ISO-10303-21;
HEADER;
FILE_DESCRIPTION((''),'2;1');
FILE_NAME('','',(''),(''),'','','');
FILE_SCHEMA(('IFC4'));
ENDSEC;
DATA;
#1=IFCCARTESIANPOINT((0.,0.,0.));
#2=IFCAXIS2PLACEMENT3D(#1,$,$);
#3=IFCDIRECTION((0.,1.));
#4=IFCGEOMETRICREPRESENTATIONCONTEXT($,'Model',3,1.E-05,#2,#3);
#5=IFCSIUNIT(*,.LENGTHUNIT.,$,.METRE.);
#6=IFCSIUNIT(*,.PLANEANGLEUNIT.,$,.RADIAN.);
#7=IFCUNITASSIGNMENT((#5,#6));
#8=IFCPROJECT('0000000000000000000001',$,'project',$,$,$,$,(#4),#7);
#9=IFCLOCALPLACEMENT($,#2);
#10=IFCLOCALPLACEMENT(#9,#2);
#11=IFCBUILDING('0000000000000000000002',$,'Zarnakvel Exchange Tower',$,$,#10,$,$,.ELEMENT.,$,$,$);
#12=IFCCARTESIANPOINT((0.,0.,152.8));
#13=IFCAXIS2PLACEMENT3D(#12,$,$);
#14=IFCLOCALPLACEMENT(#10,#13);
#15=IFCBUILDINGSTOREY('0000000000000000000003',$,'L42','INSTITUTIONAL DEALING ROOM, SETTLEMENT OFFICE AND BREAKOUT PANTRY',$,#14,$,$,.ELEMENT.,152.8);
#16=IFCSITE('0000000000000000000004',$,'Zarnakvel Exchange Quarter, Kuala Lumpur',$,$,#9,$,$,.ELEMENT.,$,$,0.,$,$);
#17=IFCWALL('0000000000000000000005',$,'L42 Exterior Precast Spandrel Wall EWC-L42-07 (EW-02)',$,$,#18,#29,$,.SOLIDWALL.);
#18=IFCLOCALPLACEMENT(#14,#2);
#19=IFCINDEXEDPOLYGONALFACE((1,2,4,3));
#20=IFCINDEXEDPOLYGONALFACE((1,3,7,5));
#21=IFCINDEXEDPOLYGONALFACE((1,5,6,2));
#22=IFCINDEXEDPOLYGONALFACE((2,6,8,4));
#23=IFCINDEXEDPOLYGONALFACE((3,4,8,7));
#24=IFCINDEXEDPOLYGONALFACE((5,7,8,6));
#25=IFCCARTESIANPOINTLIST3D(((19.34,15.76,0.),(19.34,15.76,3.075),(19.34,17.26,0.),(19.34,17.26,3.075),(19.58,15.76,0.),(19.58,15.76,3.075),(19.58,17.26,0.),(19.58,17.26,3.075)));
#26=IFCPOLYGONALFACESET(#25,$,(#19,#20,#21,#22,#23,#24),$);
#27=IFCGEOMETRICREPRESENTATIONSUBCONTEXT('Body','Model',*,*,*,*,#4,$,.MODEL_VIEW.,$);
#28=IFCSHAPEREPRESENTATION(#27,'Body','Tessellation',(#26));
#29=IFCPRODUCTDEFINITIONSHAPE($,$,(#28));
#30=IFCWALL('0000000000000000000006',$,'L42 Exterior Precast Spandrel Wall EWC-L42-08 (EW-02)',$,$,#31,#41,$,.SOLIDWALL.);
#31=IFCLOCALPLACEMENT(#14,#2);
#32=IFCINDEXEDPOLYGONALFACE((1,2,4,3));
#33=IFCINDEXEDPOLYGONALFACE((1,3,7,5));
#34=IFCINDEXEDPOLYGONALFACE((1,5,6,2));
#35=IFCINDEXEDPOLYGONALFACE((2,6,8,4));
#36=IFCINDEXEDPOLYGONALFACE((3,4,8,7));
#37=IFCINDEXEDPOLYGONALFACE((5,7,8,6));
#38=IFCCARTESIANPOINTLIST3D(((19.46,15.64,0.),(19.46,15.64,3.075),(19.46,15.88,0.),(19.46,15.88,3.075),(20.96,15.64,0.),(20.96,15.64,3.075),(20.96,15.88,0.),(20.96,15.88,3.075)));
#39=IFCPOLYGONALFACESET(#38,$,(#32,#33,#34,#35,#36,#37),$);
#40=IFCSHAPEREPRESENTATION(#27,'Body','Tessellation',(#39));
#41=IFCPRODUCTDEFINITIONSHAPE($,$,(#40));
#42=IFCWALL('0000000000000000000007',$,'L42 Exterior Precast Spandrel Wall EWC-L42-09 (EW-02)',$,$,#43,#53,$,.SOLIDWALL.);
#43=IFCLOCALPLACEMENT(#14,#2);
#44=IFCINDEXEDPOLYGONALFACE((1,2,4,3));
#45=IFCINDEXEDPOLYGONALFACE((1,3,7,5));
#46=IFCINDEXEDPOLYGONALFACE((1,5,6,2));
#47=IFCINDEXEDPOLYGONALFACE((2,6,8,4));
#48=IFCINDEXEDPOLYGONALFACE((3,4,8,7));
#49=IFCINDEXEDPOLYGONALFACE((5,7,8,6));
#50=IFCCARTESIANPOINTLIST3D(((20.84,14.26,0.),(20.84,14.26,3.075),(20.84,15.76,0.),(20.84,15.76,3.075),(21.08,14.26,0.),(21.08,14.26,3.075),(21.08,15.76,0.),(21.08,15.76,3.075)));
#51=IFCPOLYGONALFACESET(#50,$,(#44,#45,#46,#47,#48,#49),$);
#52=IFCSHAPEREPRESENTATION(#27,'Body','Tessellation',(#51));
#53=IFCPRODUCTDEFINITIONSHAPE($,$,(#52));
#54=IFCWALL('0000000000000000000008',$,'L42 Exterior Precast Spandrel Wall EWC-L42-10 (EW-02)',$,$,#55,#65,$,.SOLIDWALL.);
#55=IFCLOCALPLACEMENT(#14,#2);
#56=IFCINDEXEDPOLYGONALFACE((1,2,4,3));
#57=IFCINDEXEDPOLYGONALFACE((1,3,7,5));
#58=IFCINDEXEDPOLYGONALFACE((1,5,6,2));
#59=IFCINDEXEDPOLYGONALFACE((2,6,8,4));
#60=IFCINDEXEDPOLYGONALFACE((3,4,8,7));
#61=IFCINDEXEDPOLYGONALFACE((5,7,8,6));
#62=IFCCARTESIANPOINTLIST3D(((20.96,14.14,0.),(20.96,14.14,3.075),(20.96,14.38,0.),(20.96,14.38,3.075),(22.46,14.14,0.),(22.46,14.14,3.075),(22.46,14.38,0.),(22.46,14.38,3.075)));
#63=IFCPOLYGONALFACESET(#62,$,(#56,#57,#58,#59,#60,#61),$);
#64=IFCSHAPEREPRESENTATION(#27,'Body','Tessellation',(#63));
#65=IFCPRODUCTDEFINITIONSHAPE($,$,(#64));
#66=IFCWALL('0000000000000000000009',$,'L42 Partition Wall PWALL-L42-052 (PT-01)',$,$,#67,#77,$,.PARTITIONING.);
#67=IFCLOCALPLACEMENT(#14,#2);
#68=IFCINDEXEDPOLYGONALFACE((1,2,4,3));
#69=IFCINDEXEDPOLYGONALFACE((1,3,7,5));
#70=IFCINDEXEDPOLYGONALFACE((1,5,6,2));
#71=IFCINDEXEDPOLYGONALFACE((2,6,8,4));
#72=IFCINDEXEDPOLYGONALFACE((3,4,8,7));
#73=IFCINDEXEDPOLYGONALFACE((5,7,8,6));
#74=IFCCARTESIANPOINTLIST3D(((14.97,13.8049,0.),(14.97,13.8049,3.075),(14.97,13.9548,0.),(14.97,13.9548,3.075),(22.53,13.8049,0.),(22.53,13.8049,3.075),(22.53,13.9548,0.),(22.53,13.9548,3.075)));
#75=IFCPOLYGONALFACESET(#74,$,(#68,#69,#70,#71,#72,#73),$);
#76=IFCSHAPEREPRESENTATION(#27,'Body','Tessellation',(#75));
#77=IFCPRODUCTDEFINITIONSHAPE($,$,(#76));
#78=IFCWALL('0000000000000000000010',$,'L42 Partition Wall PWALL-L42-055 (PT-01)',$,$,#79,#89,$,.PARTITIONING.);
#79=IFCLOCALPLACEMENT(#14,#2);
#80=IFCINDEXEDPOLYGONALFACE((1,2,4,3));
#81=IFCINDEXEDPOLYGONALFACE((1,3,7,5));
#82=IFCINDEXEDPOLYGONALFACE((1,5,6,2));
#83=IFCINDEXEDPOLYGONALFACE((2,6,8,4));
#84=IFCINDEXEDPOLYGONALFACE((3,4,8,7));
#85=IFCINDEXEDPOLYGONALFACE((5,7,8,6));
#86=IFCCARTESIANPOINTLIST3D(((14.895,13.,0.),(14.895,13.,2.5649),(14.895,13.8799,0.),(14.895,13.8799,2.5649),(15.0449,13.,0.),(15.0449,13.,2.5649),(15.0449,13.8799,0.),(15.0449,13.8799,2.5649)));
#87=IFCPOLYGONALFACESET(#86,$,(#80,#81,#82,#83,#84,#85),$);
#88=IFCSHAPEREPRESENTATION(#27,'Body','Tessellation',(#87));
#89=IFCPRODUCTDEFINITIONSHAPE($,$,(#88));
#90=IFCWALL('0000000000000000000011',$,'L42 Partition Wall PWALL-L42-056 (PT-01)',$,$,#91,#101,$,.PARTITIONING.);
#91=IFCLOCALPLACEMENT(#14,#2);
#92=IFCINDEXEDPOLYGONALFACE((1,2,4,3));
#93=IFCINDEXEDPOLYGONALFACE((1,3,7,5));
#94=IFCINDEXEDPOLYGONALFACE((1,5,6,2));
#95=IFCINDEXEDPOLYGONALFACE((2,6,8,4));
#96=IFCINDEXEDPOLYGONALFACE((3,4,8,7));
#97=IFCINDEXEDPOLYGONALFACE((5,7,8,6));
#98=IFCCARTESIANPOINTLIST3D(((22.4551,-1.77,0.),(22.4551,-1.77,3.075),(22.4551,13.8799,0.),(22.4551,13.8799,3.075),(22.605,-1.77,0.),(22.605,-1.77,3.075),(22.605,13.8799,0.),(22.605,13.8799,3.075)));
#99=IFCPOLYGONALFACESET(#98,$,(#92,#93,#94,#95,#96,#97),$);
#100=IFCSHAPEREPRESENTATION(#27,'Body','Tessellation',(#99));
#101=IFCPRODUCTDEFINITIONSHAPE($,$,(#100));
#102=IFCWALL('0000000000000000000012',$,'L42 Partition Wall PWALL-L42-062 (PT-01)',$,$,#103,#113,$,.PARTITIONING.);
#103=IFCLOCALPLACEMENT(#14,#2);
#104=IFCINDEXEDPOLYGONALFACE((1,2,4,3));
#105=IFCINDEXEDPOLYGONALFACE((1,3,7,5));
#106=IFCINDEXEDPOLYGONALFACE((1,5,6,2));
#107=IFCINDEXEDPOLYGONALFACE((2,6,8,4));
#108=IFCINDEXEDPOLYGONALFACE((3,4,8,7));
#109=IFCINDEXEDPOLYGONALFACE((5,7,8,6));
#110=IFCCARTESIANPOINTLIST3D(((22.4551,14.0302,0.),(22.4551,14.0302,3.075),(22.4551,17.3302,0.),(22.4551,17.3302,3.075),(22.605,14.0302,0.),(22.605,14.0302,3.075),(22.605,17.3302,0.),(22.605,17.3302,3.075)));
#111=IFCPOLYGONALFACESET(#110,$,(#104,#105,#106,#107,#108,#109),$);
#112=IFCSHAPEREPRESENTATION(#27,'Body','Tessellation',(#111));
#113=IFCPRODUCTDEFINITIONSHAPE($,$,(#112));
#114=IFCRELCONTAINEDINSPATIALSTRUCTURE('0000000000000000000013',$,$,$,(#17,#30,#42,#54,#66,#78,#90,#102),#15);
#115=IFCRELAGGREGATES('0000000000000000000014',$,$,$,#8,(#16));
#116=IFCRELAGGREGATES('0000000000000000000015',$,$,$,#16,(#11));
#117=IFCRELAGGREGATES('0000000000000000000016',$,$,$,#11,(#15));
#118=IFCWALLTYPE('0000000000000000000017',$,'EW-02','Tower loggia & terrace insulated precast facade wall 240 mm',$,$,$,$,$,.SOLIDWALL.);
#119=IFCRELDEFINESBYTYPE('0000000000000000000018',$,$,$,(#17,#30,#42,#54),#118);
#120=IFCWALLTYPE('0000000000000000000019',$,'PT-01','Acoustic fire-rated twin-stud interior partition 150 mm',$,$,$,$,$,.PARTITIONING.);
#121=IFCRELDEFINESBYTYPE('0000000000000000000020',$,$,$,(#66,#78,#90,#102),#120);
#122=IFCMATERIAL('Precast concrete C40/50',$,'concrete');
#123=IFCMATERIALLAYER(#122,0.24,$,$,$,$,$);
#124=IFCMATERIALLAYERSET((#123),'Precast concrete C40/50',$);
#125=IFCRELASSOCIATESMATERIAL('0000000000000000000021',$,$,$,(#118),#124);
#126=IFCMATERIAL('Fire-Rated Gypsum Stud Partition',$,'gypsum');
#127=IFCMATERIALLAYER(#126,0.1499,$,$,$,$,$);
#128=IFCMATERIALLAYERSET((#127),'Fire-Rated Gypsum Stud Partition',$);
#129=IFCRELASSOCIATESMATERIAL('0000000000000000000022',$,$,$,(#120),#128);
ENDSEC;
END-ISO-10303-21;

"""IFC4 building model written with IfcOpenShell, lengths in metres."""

from ifc_helpers import new_model, si_unit, direction, frame, frame_2d, origin, place, context, subcontext, project, spatial, rectangle, extrude, material, layer, layer_set, type_object, element, save


model = new_model("IFC4")

# Units and contexts
model_context = context("Model", 3, precision=1e-05, world=origin(), true_north=direction((0.0, 1.0)))
body_context = subcontext(model_context, "Body", "Model", "MODEL_VIEW")
ifc_project = project(units=[si_unit("LENGTHUNIT", "METRE"), si_unit("PLANEANGLEUNIT", "RADIAN")], contexts=[model_context])

# Site, building, storey
site_placement = place(None, origin())
site = spatial("IfcSite", under=ifc_project, at=site_placement, Name="Zarnakvel Exchange Quarter, Kuala Lumpur", CompositionType="ELEMENT", RefElevation=0.0)
building_placement = place(site_placement, origin())
building = spatial("IfcBuilding", under=site, at=building_placement, Name="Zarnakvel Exchange Tower", CompositionType="ELEMENT")
storey_placement = place(building_placement, frame((0.0, 0.0, 152.8)))
storey = spatial("IfcBuildingStorey", under=building, at=storey_placement, Name="L42", Description="INSTITUTIONAL DEALING ROOM, SETTLEMENT OFFICE AND BREAKOUT PANTRY", CompositionType="ELEMENT", Elevation=152.8)

# Walls
ifc_material_1 = material(Name="Precast concrete C40/50", Category="concrete")
ifc_layer_1 = layer(ifc_material_1, 0.24)
ifc_layer_set_1 = layer_set([ifc_layer_1], Name="Precast concrete C40/50")
wall_type_1 = type_object("IfcWallType", Name="EW-02", Description="Tower loggia & terrace insulated precast facade wall 240 mm", PredefinedType="SOLIDWALL", material=ifc_layer_set_1)
for number, where, z_axis, x_axis, name in (
    (1, (19.46, 15.76, 0.0), (0.0, 0.0, 1.0), (0.0, 1.0, 0.0), "L42 Exterior Precast Spandrel Wall EWC-L42-07 (EW-02)"),
    (2, (20.96, 15.76, 0.0), (0.0, 0.0, 1.0), (-1.0, 0.0, 0.0), "L42 Exterior Precast Spandrel Wall EWC-L42-08 (EW-02)"),
    (3, (20.96, 14.26, 0.0), (0.0, 0.0, 1.0), (0.0, 1.0, 0.0), "L42 Exterior Precast Spandrel Wall EWC-L42-09 (EW-02)"),
    (4, (22.46, 14.26, 0.0), (0.0, 0.0, 1.0), (-1.0, 0.0, 0.0), "L42 Exterior Precast Spandrel Wall EWC-L42-10 (EW-02)"),
):
    element("IfcWall", number, at=place(storey_placement, frame(where, z_axis=z_axis, x_axis=x_axis)), inside=storey, type_object=wall_type_1, Name=name, PredefinedType="SOLIDWALL", context=body_context, shape_type="SweptSolid", body=[
        extrude(rectangle(XDim=1.5, YDim=0.24, at=frame_2d((0.75, 0.0))), origin(), (0.0, 0.0, 1.0), 3.075),
    ])
ifc_material_2 = material(Name="Fire-Rated Gypsum Stud Partition", Category="gypsum")
ifc_layer_2 = layer(ifc_material_2, 0.1499)
ifc_layer_set_2 = layer_set([ifc_layer_2], Name="Fire-Rated Gypsum Stud Partition")
wall_type_2 = type_object("IfcWallType", Name="PT-01", Description="Acoustic fire-rated twin-stud interior partition 150 mm", PredefinedType="PARTITIONING", material=ifc_layer_set_2)
wall_1_placement = place(storey_placement, frame((14.97, 13.8799, 0.0), z_axis=(0.0, 0.0, 1.0), x_axis=(1.0, 0.0, 0.0)))
element("IfcWall", 5, at=wall_1_placement, inside=storey, type_object=wall_type_2, Name="L42 Partition Wall PWALL-L42-052 (PT-01)", PredefinedType="PARTITIONING", context=body_context, shape_type="SweptSolid", body=[
    extrude(rectangle(XDim=7.5601, YDim=0.1499, at=frame_2d((3.78, 0.0))), origin(), (0.0, 0.0, 1.0), 3.075),
])
wall_2_placement = place(storey_placement, frame((14.97, 13.0, 0.0), z_axis=(0.0, 0.0, 1.0), x_axis=(0.0, 1.0, 0.0)))
element("IfcWall", 6, at=wall_2_placement, inside=storey, type_object=wall_type_2, Name="L42 Partition Wall PWALL-L42-055 (PT-01)", PredefinedType="PARTITIONING", context=body_context, shape_type="SweptSolid", body=[
    extrude(rectangle(XDim=0.8799, YDim=0.1499, at=frame_2d((0.4399, 0.0))), origin(), (0.0, 0.0, 1.0), 2.5649),
])
wall_3_placement = place(storey_placement, frame((22.53, 13.8799, 0.0), z_axis=(0.0, 0.0, 1.0), x_axis=(0.0, -1.0, 0.0)))
element("IfcWall", 7, at=wall_3_placement, inside=storey, type_object=wall_type_2, Name="L42 Partition Wall PWALL-L42-056 (PT-01)", PredefinedType="PARTITIONING", context=body_context, shape_type="SweptSolid", body=[
    extrude(rectangle(XDim=15.6499, YDim=0.1499, at=frame_2d((7.825, 0.0))), origin(), (0.0, 0.0, 1.0), 3.075),
])
wall_4_placement = place(storey_placement, frame((22.53, 17.3301, 0.0), z_axis=(0.0, 0.0, 1.0), x_axis=(0.0, -1.0, 0.0)))
element("IfcWall", 8, at=wall_4_placement, inside=storey, type_object=wall_type_2, Name="L42 Partition Wall PWALL-L42-062 (PT-01)", PredefinedType="PARTITIONING", context=body_context, shape_type="SweptSolid", body=[
    extrude(rectangle(XDim=3.3, YDim=0.1499, at=frame_2d((1.6499, 0.0))), origin(), (0.0, 0.0, 1.0), 3.075),
])

save(model, "model.ifc")
